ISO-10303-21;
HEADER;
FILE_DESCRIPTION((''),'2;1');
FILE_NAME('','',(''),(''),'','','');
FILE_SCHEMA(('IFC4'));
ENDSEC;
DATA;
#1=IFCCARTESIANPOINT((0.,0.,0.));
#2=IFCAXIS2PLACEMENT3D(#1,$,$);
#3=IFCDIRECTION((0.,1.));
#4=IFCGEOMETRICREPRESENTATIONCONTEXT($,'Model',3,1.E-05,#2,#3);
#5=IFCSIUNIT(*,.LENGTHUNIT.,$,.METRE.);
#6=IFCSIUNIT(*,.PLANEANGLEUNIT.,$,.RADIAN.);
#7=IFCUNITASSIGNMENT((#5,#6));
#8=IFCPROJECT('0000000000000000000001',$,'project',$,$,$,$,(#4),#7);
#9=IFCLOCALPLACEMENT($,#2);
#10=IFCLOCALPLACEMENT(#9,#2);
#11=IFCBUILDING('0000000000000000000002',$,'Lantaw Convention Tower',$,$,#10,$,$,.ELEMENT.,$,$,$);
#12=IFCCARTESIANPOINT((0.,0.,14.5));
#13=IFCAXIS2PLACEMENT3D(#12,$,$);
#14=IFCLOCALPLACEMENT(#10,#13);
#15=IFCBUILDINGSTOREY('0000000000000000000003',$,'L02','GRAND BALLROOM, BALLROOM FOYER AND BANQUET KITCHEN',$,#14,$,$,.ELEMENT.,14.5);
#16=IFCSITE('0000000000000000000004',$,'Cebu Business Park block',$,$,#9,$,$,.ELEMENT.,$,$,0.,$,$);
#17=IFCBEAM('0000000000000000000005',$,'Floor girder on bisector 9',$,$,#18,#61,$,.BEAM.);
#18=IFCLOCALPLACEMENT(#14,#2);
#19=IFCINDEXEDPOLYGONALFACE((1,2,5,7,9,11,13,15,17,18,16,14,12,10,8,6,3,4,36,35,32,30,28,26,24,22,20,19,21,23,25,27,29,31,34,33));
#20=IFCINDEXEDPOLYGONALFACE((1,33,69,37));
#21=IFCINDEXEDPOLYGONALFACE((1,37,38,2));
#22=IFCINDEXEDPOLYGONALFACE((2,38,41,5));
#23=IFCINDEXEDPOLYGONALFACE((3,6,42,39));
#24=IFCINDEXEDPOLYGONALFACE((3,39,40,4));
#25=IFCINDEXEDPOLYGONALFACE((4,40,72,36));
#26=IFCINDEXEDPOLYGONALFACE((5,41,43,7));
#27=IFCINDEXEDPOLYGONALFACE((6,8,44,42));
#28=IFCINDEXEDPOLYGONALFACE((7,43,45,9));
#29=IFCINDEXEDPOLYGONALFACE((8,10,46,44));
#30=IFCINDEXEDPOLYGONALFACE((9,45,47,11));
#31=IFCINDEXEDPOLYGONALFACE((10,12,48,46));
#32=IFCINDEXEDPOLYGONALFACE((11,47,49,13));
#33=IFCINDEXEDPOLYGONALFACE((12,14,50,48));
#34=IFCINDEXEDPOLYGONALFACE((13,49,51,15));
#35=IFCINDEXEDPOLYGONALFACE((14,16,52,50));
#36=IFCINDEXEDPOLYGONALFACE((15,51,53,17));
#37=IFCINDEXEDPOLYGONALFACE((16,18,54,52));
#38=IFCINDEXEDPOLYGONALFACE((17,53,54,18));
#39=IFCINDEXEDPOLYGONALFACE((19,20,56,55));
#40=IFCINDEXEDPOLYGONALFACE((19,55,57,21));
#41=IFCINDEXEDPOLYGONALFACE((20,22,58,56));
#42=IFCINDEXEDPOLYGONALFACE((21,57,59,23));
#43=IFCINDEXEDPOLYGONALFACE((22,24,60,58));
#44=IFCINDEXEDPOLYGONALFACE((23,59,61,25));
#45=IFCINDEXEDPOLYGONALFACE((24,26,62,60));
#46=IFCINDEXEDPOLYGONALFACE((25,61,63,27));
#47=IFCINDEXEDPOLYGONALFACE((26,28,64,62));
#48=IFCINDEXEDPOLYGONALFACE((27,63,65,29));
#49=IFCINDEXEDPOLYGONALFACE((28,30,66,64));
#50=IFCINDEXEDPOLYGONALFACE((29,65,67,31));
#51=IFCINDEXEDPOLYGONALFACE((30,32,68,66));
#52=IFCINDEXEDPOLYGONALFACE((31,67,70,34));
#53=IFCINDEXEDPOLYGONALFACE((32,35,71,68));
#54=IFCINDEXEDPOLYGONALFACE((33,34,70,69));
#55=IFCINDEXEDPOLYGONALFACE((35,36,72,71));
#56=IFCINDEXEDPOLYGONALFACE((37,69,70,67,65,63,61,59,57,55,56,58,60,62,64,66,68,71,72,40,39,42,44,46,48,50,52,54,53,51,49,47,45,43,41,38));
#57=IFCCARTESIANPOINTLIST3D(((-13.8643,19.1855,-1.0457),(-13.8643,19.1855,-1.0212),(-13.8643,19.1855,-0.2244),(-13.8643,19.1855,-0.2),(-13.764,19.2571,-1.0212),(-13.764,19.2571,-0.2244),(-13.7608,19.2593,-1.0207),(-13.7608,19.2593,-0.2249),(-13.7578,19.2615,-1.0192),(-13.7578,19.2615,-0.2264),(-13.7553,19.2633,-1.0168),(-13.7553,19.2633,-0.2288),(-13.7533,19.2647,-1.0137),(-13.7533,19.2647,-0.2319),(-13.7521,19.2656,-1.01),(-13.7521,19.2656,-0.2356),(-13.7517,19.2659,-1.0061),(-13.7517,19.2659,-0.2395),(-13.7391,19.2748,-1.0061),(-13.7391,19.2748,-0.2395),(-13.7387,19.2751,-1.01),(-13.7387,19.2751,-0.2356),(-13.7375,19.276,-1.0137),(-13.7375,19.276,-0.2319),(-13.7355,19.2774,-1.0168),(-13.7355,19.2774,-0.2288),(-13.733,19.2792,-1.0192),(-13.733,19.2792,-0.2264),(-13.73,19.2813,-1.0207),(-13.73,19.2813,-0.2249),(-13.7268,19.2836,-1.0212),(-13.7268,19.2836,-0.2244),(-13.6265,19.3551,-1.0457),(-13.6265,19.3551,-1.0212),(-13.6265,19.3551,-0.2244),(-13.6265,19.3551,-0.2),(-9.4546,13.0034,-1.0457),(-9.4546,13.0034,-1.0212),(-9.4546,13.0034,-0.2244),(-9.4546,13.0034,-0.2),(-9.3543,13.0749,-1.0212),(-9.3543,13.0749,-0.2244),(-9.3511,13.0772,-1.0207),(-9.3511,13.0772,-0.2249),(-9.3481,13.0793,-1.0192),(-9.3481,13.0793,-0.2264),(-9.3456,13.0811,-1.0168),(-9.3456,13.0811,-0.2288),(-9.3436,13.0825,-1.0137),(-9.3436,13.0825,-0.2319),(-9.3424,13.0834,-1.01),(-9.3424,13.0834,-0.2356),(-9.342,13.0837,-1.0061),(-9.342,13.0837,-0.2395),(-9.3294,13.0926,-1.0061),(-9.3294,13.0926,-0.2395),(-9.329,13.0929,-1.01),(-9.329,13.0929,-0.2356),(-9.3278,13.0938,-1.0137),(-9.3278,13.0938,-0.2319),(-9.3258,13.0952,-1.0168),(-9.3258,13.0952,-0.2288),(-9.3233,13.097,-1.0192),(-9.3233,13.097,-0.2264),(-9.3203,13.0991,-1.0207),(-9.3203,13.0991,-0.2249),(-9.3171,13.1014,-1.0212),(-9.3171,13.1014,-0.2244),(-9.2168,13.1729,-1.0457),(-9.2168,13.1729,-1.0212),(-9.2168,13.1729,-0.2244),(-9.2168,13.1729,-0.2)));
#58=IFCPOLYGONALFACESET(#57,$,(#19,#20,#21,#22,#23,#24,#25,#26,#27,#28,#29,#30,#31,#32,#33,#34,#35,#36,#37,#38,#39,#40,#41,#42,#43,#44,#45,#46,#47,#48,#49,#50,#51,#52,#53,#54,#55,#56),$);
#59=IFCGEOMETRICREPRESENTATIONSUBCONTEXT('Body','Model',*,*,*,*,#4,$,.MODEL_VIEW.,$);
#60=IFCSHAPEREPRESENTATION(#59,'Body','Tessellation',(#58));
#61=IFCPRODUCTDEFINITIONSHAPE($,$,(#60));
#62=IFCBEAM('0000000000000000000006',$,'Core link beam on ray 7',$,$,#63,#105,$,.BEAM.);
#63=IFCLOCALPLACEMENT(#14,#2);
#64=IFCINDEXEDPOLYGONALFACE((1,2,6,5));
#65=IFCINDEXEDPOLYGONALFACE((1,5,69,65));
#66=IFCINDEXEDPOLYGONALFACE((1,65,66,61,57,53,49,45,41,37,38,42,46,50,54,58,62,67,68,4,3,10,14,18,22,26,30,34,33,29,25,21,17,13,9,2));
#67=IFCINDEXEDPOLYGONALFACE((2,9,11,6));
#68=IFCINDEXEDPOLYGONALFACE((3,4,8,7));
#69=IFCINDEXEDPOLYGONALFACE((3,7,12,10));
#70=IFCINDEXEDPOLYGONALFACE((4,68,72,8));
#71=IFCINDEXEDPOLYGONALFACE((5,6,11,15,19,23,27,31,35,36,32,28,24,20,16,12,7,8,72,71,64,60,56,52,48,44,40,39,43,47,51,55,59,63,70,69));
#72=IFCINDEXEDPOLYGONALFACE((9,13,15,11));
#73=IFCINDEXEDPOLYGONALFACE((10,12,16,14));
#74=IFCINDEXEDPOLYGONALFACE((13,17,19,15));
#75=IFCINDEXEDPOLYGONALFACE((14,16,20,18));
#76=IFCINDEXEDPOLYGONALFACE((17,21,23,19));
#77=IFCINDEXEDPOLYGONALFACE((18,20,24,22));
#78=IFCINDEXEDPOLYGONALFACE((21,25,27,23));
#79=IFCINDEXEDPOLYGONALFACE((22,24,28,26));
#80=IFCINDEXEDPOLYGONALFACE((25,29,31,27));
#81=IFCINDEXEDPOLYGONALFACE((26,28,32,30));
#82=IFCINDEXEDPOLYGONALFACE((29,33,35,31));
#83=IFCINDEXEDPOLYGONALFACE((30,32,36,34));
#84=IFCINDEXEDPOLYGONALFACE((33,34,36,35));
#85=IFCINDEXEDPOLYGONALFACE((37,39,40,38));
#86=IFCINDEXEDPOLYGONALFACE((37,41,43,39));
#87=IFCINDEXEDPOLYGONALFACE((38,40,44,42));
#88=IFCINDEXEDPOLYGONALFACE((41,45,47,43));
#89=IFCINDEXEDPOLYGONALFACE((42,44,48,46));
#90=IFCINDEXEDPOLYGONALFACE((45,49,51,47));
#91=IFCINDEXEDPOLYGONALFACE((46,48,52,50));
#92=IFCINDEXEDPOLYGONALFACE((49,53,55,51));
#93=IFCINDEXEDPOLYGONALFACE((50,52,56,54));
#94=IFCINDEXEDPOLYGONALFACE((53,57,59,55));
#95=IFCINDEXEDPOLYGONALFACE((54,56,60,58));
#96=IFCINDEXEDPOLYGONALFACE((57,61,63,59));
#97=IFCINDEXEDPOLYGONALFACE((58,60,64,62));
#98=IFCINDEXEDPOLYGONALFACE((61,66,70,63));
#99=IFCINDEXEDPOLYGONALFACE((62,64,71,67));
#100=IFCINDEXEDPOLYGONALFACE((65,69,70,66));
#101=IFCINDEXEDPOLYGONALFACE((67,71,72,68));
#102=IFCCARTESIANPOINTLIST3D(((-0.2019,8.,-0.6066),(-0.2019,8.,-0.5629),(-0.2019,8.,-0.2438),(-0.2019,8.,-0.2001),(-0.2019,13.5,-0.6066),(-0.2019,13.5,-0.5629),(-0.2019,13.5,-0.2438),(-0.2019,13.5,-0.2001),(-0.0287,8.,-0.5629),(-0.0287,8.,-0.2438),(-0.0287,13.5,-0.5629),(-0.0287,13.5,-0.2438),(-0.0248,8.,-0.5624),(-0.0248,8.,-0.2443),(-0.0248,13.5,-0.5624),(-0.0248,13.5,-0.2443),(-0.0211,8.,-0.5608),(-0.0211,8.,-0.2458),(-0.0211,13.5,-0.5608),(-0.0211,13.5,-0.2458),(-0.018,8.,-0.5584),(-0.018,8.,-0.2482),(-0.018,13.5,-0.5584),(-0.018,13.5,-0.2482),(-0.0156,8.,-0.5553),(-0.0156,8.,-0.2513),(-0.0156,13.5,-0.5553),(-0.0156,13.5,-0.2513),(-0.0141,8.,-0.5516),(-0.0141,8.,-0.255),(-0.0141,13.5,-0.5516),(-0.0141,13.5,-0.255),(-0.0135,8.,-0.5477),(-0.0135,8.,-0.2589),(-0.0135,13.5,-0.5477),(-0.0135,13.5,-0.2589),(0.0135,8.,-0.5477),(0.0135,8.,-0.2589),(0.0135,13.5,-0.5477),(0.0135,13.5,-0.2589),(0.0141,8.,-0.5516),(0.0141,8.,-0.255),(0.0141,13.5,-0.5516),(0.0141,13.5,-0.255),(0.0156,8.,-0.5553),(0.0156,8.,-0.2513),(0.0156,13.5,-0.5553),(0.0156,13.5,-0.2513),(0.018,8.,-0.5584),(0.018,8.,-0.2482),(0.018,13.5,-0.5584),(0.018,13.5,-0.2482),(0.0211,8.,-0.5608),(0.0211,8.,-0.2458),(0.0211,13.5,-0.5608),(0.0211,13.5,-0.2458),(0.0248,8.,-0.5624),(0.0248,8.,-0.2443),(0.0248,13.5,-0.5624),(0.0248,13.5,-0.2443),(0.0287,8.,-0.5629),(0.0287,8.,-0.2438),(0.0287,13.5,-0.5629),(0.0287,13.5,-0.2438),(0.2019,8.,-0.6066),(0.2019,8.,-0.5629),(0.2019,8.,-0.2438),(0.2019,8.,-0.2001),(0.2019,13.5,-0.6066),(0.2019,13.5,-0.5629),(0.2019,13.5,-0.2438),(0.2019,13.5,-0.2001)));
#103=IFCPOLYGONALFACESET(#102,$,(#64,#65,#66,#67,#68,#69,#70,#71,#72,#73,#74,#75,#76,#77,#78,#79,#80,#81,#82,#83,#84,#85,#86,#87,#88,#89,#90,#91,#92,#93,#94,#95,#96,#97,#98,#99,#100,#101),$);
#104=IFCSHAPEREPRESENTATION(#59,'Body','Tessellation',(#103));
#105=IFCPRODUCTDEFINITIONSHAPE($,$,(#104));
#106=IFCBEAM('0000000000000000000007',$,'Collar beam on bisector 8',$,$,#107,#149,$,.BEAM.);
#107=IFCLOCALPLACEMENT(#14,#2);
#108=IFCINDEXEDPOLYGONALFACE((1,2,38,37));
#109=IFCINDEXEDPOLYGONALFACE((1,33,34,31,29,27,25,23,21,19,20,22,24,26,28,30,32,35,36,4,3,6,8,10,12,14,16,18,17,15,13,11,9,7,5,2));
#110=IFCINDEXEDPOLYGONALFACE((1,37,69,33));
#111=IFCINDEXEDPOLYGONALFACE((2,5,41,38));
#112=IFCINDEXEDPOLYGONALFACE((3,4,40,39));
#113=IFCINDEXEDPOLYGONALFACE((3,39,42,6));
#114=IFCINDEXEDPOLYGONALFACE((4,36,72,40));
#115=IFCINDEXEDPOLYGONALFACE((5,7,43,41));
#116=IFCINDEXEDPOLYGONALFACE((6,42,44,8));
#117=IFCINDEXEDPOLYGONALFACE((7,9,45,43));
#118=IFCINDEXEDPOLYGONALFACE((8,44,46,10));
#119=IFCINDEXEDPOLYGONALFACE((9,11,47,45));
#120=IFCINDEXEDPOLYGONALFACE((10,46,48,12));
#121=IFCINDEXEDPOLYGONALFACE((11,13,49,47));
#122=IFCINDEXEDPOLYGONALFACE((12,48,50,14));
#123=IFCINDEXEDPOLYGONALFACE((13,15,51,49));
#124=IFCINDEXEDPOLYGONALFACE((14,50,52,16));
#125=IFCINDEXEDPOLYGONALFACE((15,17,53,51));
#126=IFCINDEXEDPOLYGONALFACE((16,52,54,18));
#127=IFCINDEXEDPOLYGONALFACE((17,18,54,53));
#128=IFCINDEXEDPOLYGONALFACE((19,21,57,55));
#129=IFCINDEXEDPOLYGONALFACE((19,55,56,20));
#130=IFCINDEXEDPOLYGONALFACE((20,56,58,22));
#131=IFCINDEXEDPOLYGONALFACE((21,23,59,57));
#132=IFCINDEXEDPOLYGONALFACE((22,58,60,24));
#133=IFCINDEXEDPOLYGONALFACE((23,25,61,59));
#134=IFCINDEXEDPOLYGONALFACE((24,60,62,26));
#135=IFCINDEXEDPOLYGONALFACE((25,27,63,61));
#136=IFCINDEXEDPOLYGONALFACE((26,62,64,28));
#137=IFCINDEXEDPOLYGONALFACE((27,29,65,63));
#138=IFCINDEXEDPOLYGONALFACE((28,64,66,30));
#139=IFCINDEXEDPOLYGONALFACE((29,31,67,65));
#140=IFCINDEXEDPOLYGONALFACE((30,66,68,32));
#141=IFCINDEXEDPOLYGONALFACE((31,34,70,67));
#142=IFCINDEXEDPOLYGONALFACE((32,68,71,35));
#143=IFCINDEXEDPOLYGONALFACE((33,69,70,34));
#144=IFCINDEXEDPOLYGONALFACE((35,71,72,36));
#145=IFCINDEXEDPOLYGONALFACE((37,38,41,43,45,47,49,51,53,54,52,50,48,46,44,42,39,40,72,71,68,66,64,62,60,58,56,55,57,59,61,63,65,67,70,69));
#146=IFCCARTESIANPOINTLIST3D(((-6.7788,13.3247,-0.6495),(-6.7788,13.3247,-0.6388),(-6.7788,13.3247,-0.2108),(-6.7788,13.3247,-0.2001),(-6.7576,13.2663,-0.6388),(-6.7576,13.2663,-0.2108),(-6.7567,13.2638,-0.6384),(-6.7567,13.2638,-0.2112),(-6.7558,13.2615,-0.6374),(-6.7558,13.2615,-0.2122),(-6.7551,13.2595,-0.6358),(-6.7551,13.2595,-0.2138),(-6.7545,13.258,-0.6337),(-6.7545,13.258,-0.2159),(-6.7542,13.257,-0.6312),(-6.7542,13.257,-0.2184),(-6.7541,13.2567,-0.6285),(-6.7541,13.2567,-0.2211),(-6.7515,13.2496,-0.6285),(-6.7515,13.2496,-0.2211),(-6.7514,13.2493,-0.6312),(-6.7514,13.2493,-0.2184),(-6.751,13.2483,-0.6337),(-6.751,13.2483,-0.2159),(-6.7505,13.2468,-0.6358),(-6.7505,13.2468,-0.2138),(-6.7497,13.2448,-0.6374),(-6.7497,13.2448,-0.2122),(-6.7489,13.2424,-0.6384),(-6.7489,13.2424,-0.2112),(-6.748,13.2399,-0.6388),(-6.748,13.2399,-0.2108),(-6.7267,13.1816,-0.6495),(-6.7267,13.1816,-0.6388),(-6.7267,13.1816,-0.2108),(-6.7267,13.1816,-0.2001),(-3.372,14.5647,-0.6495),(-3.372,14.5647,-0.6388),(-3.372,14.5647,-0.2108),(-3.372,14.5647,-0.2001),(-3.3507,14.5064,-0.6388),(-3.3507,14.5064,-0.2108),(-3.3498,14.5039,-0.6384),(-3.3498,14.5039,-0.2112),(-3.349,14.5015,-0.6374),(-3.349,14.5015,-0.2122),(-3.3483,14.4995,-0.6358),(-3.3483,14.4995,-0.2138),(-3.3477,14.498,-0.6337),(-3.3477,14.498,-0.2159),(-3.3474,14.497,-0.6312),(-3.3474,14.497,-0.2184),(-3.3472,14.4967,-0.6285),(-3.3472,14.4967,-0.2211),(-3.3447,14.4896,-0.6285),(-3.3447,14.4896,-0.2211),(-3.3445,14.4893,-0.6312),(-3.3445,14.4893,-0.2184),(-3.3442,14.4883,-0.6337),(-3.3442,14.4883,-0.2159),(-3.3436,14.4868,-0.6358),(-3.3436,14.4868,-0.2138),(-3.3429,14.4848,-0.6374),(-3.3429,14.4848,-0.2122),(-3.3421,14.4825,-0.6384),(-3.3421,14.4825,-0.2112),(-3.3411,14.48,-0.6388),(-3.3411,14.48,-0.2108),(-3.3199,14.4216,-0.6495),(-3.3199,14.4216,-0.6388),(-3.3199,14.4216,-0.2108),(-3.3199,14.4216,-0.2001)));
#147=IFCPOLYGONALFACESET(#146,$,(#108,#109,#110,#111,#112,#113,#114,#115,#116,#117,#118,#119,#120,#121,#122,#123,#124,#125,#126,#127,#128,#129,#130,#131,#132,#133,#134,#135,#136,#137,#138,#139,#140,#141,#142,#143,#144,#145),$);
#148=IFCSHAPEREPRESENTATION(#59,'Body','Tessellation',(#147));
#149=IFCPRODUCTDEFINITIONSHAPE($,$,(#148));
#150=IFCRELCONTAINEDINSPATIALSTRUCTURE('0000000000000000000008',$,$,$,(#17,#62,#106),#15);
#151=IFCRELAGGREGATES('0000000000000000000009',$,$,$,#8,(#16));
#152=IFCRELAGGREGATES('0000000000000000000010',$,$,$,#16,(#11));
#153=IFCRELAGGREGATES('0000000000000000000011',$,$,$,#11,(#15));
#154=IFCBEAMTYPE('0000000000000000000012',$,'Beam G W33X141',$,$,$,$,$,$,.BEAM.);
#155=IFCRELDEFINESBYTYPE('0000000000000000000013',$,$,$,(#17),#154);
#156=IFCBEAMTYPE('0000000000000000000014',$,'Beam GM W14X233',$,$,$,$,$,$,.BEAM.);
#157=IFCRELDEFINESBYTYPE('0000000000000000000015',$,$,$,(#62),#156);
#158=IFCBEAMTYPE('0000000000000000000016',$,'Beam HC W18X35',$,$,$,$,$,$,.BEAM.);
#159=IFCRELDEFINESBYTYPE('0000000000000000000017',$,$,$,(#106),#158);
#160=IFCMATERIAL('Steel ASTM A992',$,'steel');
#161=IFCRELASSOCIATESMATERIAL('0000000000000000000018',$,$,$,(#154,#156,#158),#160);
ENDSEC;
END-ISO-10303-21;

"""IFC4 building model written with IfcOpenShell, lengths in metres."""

from ifc_helpers import new_model, si_unit, direction, frame, origin, origin_2d, place, context, subcontext, project, spatial, i_section, extrude, material, material_profile, profile_set, type_object, element, save


model = new_model("IFC4")

# Units and contexts
model_context = context("Model", 3, precision=1e-05, world=origin(), true_north=direction((0.0, 1.0)))
body_context = subcontext(model_context, "Body", "Model", "MODEL_VIEW")
ifc_project = project(units=[si_unit("LENGTHUNIT", "METRE"), si_unit("PLANEANGLEUNIT", "RADIAN")], contexts=[model_context])

# Site, building, storey
site_placement = place(None, origin())
site = spatial("IfcSite", under=ifc_project, at=site_placement, Name="Cebu Business Park block", CompositionType="ELEMENT", RefElevation=0.0)
building_placement = place(site_placement, origin())
building = spatial("IfcBuilding", under=site, at=building_placement, Name="Lantaw Convention Tower", CompositionType="ELEMENT")
storey_placement = place(building_placement, frame((0.0, 0.0, 14.5)))
storey = spatial("IfcBuildingStorey", under=building, at=storey_placement, Name="L02", Description="GRAND BALLROOM, BALLROOM FOYER AND BANQUET KITCHEN", CompositionType="ELEMENT", Elevation=14.5)

# Beams
ifc_material_1 = material(Name="Steel ASTM A992", Category="steel")
ifc_material_profile_1 = material_profile(ifc_material_1, i_section(OverallWidth=0.292, OverallDepth=0.8457, WebThickness=0.0154, FlangeThickness=0.0244, FilletRadius=0.0151, at=origin_2d()), Name="W33X141")
ifc_profile_set_1 = profile_set([ifc_material_profile_1], Name="Steel ASTM A992")
beam_type_1 = type_object("IfcBeamType", Name="Beam G W33X141", PredefinedType="BEAM", material=ifc_profile_set_1)
beam_1_placement = place(storey_placement, frame((-9.3357, 13.0881, -0.6228), z_axis=(-0.580703, 0.814116, 0.0), x_axis=(-0.814116, -0.580703, 0.0)))
element("IfcBeam", 1, at=beam_1_placement, inside=storey, type_object=beam_type_1, Name="Floor girder on bisector 9", PredefinedType="BEAM", context=body_context, shape_type="SweptSolid", body=[
    extrude(i_section(OverallWidth=0.292, OverallDepth=0.8457, WebThickness=0.0154, FlangeThickness=0.0244, FilletRadius=0.0151, at=origin_2d()), origin(), (0.0, 0.0, 1.0), 7.5938),
])
ifc_material_profile_2 = material_profile(ifc_material_1, i_section(OverallWidth=0.4038, OverallDepth=0.4065, WebThickness=0.0271, FlangeThickness=0.0437, FilletRadius=0.0151, at=origin_2d()), Name="W14X233")
ifc_profile_set_2 = profile_set([ifc_material_profile_2], Name="Steel ASTM A992")
beam_type_2 = type_object("IfcBeamType", Name="Beam GM W14X233", PredefinedType="BEAM", material=ifc_profile_set_2)
beam_2_placement = place(storey_placement, frame((0.0, 8.0, -0.4033), z_axis=(0.0, 1.0, 0.0), x_axis=(-1.0, 0.0, 0.0)))
element("IfcBeam", 2, at=beam_2_placement, inside=storey, type_object=beam_type_2, Name="Core link beam on ray 7", PredefinedType="BEAM", context=body_context, shape_type="SweptSolid", body=[
    extrude(i_section(OverallWidth=0.4038, OverallDepth=0.4065, WebThickness=0.0271, FlangeThickness=0.0437, FilletRadius=0.0151, at=origin_2d()), origin(), (0.0, 0.0, 1.0), 5.5),
])
ifc_material_profile_3 = material_profile(ifc_material_1, i_section(OverallWidth=0.1523, OverallDepth=0.4495, WebThickness=0.0076, FlangeThickness=0.0107, FilletRadius=0.0103, at=origin_2d()), Name="W18X35")
ifc_profile_set_3 = profile_set([ifc_material_profile_3], Name="Steel ASTM A992")
beam_type_3 = type_object("IfcBeamType", Name="Beam HC W18X35", PredefinedType="BEAM", material=ifc_profile_set_3)
beam_3_placement = place(storey_placement, frame((-3.3459, 14.4932, -0.4248), z_axis=(-0.939689, -0.34203, 0.0), x_axis=(0.34203, -0.939689, 0.0)))
element("IfcBeam", 3, at=beam_3_placement, inside=storey, type_object=beam_type_3, Name="Collar beam on bisector 8", PredefinedType="BEAM", context=body_context, shape_type="SweptSolid", body=[
    extrude(i_section(OverallWidth=0.1523, OverallDepth=0.4495, WebThickness=0.0076, FlangeThickness=0.0107, FilletRadius=0.0103, at=origin_2d()), origin(), (0.0, 0.0, 1.0), 3.6255),
])

save(model, "model.ifc")
